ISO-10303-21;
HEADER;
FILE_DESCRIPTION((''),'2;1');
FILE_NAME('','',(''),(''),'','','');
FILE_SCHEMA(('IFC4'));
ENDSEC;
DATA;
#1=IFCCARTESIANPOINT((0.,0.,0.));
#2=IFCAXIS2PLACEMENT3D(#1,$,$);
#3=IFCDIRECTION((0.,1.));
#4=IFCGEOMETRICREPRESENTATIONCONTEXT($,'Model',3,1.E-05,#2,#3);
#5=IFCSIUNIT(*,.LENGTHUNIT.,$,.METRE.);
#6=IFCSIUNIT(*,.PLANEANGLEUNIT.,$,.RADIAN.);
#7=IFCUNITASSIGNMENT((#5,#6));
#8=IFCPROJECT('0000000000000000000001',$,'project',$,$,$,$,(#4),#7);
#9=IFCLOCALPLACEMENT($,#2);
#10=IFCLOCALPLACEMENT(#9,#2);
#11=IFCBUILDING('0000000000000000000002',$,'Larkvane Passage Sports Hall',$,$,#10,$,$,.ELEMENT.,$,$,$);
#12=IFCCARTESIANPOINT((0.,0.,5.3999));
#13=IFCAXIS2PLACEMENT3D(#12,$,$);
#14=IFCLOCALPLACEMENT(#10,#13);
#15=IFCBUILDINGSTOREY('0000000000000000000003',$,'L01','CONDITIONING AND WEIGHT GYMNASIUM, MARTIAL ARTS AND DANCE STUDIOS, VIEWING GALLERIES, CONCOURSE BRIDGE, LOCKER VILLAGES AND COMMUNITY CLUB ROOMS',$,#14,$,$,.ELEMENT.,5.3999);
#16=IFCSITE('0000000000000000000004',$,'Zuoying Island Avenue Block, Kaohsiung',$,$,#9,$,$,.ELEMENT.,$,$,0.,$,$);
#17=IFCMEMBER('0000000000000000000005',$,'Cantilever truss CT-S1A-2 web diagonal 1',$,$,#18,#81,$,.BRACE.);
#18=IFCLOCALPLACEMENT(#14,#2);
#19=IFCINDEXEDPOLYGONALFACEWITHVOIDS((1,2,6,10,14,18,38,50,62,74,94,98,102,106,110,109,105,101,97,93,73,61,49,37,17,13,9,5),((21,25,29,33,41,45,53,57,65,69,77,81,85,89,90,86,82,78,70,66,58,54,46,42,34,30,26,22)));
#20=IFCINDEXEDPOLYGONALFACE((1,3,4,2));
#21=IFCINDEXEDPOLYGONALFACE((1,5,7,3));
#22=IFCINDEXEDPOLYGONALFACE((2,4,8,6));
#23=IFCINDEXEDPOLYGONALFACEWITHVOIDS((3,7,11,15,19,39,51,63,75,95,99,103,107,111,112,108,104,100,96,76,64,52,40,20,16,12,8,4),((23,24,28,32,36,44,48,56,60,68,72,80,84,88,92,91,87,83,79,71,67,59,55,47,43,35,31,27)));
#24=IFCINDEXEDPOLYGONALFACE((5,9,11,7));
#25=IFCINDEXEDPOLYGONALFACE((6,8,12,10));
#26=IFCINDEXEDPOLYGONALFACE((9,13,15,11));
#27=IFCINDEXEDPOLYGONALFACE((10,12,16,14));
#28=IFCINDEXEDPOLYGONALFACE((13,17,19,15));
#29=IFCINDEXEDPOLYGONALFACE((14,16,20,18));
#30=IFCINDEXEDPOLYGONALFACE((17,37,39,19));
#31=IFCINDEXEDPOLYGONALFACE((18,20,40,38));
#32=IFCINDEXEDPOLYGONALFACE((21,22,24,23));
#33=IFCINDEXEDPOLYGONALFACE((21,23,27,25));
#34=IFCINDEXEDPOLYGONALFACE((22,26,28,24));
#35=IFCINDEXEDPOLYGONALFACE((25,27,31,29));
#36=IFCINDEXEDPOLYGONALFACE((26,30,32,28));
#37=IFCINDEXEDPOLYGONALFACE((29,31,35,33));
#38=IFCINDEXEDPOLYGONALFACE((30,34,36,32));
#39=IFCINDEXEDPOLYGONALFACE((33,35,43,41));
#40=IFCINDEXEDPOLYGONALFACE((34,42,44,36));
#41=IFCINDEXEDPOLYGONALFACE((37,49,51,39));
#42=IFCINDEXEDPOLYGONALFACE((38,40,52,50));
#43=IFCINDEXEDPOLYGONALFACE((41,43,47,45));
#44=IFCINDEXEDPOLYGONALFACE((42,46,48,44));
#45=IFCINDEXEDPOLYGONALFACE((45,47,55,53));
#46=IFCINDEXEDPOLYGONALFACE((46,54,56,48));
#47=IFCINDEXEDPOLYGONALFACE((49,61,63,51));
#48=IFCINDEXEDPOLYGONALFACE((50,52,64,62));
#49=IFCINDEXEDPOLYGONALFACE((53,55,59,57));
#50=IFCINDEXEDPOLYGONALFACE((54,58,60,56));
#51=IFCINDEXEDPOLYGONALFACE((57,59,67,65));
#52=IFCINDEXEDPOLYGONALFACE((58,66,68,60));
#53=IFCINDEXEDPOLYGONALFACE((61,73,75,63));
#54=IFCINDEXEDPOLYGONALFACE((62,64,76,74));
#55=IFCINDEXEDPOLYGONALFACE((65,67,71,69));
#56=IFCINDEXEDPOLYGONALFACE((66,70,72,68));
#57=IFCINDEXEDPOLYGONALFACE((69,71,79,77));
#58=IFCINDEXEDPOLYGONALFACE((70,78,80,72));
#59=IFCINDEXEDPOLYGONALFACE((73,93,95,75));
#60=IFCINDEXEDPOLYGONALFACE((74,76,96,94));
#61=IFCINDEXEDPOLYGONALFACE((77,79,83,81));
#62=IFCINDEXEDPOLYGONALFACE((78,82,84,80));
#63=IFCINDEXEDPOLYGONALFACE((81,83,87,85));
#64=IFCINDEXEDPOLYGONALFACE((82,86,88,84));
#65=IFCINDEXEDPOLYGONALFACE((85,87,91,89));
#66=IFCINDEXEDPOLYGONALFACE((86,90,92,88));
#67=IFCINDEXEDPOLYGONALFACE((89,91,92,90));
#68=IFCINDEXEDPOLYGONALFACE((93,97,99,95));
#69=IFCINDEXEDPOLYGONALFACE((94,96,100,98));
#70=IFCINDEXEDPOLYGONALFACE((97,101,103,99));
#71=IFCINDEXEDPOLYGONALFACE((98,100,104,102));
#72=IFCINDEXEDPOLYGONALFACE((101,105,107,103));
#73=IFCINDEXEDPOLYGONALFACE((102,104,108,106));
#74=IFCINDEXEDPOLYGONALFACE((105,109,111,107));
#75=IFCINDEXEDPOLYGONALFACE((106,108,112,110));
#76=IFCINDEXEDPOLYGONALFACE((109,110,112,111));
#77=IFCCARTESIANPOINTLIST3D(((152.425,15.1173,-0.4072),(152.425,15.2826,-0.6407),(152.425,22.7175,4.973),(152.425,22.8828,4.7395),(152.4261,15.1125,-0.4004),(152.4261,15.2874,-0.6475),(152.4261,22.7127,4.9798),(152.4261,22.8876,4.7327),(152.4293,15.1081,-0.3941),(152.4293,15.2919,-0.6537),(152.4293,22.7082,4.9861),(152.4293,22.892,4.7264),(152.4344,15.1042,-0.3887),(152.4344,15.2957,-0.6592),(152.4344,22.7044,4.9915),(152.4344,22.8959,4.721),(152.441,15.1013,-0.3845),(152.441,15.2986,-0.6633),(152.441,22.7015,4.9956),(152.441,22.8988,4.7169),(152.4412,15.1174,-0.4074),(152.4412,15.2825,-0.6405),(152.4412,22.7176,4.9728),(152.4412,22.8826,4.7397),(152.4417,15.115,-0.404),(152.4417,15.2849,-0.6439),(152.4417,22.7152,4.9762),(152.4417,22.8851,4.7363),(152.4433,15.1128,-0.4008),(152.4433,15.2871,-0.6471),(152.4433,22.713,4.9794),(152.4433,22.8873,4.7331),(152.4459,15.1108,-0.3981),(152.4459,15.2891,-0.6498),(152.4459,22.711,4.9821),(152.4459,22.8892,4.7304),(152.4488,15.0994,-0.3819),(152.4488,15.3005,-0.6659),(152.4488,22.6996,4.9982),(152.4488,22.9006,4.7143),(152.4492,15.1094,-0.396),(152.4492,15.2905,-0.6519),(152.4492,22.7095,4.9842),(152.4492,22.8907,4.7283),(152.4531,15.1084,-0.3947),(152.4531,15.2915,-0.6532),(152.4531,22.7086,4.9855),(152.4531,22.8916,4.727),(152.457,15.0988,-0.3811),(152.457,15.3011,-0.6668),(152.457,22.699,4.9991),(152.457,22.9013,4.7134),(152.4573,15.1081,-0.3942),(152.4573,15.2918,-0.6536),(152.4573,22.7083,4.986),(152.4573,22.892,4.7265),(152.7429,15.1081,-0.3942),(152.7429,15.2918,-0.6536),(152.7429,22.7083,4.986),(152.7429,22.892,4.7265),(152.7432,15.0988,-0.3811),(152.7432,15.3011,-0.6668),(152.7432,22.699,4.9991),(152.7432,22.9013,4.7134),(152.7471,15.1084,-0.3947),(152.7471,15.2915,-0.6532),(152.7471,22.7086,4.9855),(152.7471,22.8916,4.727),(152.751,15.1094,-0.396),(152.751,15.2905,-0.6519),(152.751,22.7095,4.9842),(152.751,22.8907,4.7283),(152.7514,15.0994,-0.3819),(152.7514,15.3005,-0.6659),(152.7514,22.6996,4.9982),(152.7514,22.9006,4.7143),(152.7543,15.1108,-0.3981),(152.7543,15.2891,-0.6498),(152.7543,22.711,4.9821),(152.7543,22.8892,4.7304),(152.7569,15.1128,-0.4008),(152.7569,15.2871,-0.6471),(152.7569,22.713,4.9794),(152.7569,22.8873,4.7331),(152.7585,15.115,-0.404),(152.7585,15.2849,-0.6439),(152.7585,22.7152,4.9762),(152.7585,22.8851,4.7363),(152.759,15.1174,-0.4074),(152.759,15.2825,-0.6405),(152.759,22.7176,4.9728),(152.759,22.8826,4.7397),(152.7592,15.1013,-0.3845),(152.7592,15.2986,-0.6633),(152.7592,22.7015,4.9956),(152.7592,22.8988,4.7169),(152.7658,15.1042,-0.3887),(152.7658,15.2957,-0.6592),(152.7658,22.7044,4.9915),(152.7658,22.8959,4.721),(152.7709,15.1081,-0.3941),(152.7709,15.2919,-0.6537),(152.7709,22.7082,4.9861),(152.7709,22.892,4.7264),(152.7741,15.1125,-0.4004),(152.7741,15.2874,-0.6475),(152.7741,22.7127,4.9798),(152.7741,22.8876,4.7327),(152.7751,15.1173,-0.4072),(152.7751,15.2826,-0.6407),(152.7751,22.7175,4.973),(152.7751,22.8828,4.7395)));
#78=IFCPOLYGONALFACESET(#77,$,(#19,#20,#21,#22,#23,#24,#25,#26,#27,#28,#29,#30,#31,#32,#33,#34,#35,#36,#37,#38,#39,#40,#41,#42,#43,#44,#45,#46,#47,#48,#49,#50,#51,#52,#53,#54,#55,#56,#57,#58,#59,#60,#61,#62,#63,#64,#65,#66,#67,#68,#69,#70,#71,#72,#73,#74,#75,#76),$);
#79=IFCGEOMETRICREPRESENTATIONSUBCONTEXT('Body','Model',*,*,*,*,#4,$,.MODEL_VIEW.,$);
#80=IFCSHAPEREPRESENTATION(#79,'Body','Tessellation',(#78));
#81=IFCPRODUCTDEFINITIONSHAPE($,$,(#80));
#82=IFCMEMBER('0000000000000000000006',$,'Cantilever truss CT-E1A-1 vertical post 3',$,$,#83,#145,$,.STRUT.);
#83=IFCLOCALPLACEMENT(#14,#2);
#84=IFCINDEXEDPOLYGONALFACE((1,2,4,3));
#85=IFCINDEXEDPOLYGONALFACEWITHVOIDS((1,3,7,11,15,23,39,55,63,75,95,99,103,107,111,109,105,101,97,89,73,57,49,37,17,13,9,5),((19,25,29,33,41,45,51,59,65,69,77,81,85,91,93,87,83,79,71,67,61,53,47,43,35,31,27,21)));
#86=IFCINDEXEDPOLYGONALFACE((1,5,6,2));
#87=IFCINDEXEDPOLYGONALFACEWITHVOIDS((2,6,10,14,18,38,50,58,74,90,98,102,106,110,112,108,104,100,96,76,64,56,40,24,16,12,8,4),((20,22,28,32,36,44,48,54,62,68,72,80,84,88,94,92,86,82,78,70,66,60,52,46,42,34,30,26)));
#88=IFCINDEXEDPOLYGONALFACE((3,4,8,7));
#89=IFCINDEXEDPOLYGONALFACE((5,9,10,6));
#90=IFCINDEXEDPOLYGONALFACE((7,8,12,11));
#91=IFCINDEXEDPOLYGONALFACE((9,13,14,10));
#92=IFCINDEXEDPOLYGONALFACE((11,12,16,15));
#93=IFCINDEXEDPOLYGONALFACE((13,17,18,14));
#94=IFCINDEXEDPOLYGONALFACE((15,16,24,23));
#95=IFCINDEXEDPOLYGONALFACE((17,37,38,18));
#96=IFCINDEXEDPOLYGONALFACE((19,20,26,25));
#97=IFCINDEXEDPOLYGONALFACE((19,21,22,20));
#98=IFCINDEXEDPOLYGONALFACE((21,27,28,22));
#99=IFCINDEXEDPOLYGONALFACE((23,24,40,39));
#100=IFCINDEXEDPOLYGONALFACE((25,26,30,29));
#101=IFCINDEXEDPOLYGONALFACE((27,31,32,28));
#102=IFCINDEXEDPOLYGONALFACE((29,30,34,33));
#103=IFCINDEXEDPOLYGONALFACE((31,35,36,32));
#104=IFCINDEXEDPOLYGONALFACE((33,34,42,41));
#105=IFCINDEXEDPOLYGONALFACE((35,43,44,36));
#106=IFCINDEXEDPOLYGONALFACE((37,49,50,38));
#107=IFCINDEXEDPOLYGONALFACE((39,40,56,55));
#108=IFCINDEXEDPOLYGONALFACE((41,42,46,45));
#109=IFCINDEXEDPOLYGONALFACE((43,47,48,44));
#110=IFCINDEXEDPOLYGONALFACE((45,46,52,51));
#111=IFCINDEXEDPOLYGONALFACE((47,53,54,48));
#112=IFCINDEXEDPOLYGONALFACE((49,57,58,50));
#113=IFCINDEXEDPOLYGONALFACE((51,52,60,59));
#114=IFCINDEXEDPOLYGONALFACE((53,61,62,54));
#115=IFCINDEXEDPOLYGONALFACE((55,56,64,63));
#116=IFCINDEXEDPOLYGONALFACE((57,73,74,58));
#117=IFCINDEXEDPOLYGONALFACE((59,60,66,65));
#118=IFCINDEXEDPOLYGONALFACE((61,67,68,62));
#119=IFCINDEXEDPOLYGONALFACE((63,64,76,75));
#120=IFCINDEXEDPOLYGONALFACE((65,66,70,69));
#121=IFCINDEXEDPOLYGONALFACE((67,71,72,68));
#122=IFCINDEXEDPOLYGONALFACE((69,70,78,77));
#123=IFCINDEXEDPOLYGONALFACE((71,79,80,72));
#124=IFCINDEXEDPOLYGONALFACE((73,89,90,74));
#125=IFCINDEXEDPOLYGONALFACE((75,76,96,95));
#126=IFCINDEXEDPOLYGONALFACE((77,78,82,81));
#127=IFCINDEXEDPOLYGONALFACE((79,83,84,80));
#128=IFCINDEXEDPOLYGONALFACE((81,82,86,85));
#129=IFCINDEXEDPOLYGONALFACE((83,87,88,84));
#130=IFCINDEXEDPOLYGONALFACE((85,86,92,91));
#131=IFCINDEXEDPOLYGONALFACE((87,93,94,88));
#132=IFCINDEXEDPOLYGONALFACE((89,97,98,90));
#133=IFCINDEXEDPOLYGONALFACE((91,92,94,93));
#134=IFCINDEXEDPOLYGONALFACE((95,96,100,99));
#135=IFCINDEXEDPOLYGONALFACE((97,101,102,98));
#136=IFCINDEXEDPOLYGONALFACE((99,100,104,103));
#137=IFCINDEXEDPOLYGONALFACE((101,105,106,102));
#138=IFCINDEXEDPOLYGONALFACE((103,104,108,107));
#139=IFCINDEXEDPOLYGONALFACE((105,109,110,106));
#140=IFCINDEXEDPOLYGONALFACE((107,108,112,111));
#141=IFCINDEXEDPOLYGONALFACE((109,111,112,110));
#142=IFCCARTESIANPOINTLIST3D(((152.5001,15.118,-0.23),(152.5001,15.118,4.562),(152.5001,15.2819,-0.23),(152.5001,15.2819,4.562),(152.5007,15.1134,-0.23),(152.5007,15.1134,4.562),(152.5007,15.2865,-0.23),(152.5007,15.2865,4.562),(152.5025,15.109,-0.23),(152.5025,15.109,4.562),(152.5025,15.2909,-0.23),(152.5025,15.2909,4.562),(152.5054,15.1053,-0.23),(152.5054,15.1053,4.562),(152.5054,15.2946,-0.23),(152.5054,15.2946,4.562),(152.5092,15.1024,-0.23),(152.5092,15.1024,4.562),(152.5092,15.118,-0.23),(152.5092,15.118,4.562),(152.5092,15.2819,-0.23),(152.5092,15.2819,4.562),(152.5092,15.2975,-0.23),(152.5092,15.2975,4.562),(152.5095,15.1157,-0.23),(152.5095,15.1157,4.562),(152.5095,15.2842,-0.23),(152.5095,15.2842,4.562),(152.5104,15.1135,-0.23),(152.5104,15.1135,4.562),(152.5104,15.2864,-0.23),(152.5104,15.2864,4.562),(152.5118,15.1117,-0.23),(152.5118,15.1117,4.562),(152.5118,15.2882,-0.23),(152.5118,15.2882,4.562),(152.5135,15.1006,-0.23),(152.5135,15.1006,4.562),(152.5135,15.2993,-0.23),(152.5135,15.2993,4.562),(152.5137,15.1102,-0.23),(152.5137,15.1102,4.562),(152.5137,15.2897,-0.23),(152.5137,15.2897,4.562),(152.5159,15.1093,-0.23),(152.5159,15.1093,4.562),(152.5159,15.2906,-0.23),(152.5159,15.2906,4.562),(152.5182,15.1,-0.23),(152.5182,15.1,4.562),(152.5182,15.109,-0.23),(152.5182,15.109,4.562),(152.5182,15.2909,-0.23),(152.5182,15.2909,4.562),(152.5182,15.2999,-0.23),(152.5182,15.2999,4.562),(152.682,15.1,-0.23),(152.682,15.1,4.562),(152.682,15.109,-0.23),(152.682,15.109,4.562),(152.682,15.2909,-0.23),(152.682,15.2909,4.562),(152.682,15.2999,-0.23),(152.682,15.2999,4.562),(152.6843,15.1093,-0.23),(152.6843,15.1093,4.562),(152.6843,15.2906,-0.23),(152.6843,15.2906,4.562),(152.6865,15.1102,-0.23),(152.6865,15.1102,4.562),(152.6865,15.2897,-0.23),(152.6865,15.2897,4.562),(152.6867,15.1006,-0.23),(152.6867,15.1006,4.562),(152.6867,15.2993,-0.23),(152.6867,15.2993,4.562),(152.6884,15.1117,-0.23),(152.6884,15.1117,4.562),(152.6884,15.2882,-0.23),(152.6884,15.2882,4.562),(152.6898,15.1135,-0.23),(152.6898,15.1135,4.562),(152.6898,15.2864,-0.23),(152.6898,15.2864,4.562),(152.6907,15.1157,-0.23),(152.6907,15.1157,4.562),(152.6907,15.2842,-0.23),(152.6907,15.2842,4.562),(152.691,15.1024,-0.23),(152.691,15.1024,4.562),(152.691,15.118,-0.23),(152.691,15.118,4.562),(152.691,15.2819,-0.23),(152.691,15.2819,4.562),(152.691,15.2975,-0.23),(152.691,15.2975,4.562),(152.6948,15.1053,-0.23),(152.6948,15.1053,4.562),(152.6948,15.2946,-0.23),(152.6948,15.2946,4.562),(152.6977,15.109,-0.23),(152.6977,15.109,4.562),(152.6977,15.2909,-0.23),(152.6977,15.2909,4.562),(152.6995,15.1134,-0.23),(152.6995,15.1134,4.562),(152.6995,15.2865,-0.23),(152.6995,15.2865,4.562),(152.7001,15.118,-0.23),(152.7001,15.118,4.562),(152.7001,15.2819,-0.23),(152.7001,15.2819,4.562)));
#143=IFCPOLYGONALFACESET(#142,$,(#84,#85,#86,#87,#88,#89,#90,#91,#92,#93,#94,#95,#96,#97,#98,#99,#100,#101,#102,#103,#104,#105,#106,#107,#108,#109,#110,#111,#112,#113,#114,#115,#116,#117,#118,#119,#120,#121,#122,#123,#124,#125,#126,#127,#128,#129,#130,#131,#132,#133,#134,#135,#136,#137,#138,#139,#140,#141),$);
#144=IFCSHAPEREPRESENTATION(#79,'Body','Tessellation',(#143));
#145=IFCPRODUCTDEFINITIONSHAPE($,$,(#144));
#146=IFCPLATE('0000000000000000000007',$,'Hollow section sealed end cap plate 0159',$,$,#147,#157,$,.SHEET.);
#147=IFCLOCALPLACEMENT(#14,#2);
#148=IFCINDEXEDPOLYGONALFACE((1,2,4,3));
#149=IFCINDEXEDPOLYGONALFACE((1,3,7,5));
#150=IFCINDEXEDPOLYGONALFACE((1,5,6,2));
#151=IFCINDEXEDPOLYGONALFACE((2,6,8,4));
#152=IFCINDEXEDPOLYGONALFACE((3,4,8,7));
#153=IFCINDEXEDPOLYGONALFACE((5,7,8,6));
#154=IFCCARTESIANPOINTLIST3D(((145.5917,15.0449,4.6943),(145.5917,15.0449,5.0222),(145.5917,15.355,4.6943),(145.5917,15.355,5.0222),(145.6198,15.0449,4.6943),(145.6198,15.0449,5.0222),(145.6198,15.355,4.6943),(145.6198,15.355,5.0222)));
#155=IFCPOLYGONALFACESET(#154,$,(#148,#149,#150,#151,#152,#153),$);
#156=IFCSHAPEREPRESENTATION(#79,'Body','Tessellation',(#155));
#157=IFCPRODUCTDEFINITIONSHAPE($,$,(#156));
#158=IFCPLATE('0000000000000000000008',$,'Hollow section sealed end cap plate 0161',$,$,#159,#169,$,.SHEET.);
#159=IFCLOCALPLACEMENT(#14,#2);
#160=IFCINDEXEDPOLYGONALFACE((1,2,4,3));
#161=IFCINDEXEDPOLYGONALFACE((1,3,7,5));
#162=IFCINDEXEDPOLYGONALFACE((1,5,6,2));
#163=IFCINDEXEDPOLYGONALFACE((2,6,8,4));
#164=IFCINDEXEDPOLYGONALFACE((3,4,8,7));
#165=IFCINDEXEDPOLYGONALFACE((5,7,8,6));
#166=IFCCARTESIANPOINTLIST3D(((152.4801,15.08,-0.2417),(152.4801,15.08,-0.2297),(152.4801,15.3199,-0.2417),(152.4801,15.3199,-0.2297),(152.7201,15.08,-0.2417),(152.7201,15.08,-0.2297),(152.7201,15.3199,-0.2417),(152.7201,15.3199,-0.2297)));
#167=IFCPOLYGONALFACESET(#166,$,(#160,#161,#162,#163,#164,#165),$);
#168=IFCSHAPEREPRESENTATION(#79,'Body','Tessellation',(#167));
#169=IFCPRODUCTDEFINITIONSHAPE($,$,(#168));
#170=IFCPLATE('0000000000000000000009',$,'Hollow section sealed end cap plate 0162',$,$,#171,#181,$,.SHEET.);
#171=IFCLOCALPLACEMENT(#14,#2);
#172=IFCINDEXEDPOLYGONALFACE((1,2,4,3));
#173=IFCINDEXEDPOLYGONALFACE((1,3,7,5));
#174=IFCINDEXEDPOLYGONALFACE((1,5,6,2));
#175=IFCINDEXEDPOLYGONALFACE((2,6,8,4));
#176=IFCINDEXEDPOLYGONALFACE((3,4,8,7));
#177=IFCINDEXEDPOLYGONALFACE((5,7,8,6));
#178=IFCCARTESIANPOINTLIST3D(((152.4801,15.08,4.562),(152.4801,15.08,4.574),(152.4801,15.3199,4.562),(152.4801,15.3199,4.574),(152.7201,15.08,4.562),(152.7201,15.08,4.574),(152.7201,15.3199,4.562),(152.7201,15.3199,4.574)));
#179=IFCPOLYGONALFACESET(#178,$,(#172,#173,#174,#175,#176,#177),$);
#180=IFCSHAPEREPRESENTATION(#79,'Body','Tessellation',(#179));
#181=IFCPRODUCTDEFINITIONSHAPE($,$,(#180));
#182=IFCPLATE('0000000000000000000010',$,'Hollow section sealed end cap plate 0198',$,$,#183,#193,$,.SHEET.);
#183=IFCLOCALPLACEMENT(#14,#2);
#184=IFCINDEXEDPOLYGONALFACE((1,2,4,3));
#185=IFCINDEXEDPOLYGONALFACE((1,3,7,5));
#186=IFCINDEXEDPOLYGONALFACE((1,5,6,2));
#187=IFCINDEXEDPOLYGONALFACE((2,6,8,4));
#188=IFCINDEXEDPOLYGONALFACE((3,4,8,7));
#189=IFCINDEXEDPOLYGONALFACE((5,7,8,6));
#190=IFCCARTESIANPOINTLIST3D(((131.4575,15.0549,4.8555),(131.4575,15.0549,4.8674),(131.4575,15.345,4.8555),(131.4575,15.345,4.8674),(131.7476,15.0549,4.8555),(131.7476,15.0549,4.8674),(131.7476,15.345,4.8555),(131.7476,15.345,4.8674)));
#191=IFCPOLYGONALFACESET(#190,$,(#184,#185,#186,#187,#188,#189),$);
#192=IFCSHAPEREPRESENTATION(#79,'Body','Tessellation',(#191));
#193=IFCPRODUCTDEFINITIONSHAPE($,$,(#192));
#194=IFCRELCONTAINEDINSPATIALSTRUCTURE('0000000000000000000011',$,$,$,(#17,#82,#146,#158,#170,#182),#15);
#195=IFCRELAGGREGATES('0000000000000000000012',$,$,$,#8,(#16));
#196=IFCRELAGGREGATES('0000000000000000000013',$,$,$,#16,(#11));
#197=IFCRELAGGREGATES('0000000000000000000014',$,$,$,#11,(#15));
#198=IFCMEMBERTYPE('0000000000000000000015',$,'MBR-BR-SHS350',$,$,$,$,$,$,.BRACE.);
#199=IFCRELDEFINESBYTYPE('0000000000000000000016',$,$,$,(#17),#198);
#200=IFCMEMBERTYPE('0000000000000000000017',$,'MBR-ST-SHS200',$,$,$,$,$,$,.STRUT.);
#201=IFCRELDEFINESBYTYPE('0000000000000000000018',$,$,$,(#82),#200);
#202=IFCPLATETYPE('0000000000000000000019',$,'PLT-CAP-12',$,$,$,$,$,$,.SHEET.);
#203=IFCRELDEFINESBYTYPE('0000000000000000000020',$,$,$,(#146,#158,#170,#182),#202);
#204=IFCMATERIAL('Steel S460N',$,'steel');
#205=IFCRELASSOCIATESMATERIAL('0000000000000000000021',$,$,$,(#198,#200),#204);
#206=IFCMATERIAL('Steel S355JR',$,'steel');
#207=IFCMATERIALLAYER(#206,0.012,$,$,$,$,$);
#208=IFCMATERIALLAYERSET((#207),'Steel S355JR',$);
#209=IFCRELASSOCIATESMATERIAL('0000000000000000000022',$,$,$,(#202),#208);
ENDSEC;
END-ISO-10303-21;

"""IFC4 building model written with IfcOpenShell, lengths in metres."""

from ifc_helpers import new_model, si_unit, direction, frame, origin, origin_2d, place, context, subcontext, project, spatial, rectangle, hollow_rectangle, extrude, material, layer, layer_set, material_profile, profile_set, type_object, element, save


model = new_model("IFC4")

# Units and contexts
model_context = context("Model", 3, precision=1e-05, world=origin(), true_north=direction((0.0, 1.0)))
body_context = subcontext(model_context, "Body", "Model", "MODEL_VIEW")
ifc_project = project(units=[si_unit("LENGTHUNIT", "METRE"), si_unit("PLANEANGLEUNIT", "RADIAN")], contexts=[model_context])

# Site, building, storey
site_placement = place(None, origin())
site = spatial("IfcSite", under=ifc_project, at=site_placement, Name="Zuoying Island Avenue Block, Kaohsiung", CompositionType="ELEMENT", RefElevation=0.0)
building_placement = place(site_placement, origin())
building = spatial("IfcBuilding", under=site, at=building_placement, Name="Larkvane Passage Sports Hall", CompositionType="ELEMENT")
storey_placement = place(building_placement, frame((0.0, 0.0, 5.3999)))
storey = spatial("IfcBuildingStorey", under=building, at=storey_placement, Name="L01", Description="CONDITIONING AND WEIGHT GYMNASIUM, MARTIAL ARTS AND DANCE STUDIOS, VIEWING GALLERIES, CONCOURSE BRIDGE, LOCKER VILLAGES AND COMMUNITY CLUB ROOMS", CompositionType="ELEMENT", Elevation=5.3999)

# Shared definitions
ifc_material_1 = material(Name="Steel S460N", Category="steel")

# Shared definitions
ifc_material_2 = material(Name="Steel S355JR", Category="steel")

# Members
ifc_material_profile_1 = material_profile(ifc_material_1, hollow_rectangle(XDim=0.3501, YDim=0.3501, WallThickness=0.0161, InnerFilletRadius=0.0161, OuterFilletRadius=0.032, at=origin_2d()), Name="SHS-350x350x16")
ifc_profile_set_1 = profile_set([ifc_material_profile_1], Name="Steel S460N")
member_type_1 = type_object("IfcMemberType", Name="MBR-BR-SHS350", PredefinedType="BRACE", material=ifc_profile_set_1)
member_1_placement = place(storey_placement, frame((152.6001, 15.2, -0.5239), z_axis=(0.0, 0.81619, 0.577783), x_axis=(-1.0, 0.0, 0.0)))
element("IfcMember", 1, at=member_1_placement, inside=storey, type_object=member_type_1, Name="Cantilever truss CT-S1A-2 web diagonal 1", PredefinedType="BRACE", context=body_context, shape_type="SweptSolid", body=[
    extrude(hollow_rectangle(XDim=0.3501, YDim=0.3501, WallThickness=0.0161, InnerFilletRadius=0.0161, OuterFilletRadius=0.032, at=origin_2d()), origin(), (0.0, 0.0, 1.0), 9.3118),
])
ifc_material_profile_2 = material_profile(ifc_material_1, hollow_rectangle(XDim=0.2, YDim=0.2, WallThickness=0.009, InnerFilletRadius=0.009, OuterFilletRadius=0.0181, at=origin_2d()), Name="SHS-200x200x9")
ifc_profile_set_2 = profile_set([ifc_material_profile_2], Name="Steel S460N")
member_type_2 = type_object("IfcMemberType", Name="MBR-ST-SHS200", PredefinedType="STRUT", material=ifc_profile_set_2)
member_2_placement = place(storey_placement, frame((152.6001, 15.2, -0.23), z_axis=(0.0, 0.0, 1.0), x_axis=(1.0, 0.0, 0.0)))
element("IfcMember", 2, at=member_2_placement, inside=storey, type_object=member_type_2, Name="Cantilever truss CT-E1A-1 vertical post 3", PredefinedType="STRUT", context=body_context, shape_type="SweptSolid", body=[
    extrude(hollow_rectangle(XDim=0.2, YDim=0.2, WallThickness=0.009, InnerFilletRadius=0.009, OuterFilletRadius=0.0181, at=origin_2d()), origin(), (0.0, 0.0, 1.0), 4.792),
])

# Plates
ifc_layer_1 = layer(ifc_material_2, 0.012)
ifc_layer_set_1 = layer_set([ifc_layer_1], Name="Steel S355JR")
plate_type_1 = type_object("IfcPlateType", Name="PLT-CAP-12", PredefinedType="SHEET", material=ifc_layer_set_1)
plate_1_placement = place(storey_placement, frame((145.6057, 15.2, 4.6943), z_axis=(0.0, 0.0, 1.0), x_axis=(0.0, 1.0, 0.0)))
element("IfcPlate", 3, at=plate_1_placement, inside=storey, type_object=plate_type_1, Name="Hollow section sealed end cap plate 0159", PredefinedType="SHEET", context=body_context, shape_type="SweptSolid", body=[
    extrude(rectangle(XDim=0.3101, YDim=0.0281, at=origin_2d()), origin(), (0.0, 0.0, 1.0), 0.3279),
])
for number, where, z_axis, x_axis, name in (
    (4, (152.6001, 15.2, -0.2417), (0.0, 0.0, 1.0), (1.0, 0.0, 0.0), "Hollow section sealed end cap plate 0161"),
    (5, (152.6001, 15.2, 4.562), (0.0, 0.0, 1.0), (1.0, 0.0, 0.0), "Hollow section sealed end cap plate 0162"),
):
    element("IfcPlate", number, at=place(storey_placement, frame(where, z_axis=z_axis, x_axis=x_axis)), inside=storey, type_object=plate_type_1, Name=name, PredefinedType="SHEET", context=body_context, shape_type="SweptSolid", body=[
        extrude(rectangle(XDim=0.24, YDim=0.24, at=origin_2d()), origin(), (0.0, 0.0, 1.0), 0.012),
    ])
plate_2_placement = place(storey_placement, frame((131.6025, 15.2, 4.8555), z_axis=(0.0, 0.0, 1.0), x_axis=(1.0, 0.0, 0.0)))
element("IfcPlate", 6, at=plate_2_placement, inside=storey, type_object=plate_type_1, Name="Hollow section sealed end cap plate 0198", PredefinedType="SHEET", context=body_context, shape_type="SweptSolid", body=[
    extrude(rectangle(XDim=0.29, YDim=0.29, at=origin_2d()), origin(), (0.0, 0.0, 1.0), 0.012),
])

save(model, "model.ifc")
